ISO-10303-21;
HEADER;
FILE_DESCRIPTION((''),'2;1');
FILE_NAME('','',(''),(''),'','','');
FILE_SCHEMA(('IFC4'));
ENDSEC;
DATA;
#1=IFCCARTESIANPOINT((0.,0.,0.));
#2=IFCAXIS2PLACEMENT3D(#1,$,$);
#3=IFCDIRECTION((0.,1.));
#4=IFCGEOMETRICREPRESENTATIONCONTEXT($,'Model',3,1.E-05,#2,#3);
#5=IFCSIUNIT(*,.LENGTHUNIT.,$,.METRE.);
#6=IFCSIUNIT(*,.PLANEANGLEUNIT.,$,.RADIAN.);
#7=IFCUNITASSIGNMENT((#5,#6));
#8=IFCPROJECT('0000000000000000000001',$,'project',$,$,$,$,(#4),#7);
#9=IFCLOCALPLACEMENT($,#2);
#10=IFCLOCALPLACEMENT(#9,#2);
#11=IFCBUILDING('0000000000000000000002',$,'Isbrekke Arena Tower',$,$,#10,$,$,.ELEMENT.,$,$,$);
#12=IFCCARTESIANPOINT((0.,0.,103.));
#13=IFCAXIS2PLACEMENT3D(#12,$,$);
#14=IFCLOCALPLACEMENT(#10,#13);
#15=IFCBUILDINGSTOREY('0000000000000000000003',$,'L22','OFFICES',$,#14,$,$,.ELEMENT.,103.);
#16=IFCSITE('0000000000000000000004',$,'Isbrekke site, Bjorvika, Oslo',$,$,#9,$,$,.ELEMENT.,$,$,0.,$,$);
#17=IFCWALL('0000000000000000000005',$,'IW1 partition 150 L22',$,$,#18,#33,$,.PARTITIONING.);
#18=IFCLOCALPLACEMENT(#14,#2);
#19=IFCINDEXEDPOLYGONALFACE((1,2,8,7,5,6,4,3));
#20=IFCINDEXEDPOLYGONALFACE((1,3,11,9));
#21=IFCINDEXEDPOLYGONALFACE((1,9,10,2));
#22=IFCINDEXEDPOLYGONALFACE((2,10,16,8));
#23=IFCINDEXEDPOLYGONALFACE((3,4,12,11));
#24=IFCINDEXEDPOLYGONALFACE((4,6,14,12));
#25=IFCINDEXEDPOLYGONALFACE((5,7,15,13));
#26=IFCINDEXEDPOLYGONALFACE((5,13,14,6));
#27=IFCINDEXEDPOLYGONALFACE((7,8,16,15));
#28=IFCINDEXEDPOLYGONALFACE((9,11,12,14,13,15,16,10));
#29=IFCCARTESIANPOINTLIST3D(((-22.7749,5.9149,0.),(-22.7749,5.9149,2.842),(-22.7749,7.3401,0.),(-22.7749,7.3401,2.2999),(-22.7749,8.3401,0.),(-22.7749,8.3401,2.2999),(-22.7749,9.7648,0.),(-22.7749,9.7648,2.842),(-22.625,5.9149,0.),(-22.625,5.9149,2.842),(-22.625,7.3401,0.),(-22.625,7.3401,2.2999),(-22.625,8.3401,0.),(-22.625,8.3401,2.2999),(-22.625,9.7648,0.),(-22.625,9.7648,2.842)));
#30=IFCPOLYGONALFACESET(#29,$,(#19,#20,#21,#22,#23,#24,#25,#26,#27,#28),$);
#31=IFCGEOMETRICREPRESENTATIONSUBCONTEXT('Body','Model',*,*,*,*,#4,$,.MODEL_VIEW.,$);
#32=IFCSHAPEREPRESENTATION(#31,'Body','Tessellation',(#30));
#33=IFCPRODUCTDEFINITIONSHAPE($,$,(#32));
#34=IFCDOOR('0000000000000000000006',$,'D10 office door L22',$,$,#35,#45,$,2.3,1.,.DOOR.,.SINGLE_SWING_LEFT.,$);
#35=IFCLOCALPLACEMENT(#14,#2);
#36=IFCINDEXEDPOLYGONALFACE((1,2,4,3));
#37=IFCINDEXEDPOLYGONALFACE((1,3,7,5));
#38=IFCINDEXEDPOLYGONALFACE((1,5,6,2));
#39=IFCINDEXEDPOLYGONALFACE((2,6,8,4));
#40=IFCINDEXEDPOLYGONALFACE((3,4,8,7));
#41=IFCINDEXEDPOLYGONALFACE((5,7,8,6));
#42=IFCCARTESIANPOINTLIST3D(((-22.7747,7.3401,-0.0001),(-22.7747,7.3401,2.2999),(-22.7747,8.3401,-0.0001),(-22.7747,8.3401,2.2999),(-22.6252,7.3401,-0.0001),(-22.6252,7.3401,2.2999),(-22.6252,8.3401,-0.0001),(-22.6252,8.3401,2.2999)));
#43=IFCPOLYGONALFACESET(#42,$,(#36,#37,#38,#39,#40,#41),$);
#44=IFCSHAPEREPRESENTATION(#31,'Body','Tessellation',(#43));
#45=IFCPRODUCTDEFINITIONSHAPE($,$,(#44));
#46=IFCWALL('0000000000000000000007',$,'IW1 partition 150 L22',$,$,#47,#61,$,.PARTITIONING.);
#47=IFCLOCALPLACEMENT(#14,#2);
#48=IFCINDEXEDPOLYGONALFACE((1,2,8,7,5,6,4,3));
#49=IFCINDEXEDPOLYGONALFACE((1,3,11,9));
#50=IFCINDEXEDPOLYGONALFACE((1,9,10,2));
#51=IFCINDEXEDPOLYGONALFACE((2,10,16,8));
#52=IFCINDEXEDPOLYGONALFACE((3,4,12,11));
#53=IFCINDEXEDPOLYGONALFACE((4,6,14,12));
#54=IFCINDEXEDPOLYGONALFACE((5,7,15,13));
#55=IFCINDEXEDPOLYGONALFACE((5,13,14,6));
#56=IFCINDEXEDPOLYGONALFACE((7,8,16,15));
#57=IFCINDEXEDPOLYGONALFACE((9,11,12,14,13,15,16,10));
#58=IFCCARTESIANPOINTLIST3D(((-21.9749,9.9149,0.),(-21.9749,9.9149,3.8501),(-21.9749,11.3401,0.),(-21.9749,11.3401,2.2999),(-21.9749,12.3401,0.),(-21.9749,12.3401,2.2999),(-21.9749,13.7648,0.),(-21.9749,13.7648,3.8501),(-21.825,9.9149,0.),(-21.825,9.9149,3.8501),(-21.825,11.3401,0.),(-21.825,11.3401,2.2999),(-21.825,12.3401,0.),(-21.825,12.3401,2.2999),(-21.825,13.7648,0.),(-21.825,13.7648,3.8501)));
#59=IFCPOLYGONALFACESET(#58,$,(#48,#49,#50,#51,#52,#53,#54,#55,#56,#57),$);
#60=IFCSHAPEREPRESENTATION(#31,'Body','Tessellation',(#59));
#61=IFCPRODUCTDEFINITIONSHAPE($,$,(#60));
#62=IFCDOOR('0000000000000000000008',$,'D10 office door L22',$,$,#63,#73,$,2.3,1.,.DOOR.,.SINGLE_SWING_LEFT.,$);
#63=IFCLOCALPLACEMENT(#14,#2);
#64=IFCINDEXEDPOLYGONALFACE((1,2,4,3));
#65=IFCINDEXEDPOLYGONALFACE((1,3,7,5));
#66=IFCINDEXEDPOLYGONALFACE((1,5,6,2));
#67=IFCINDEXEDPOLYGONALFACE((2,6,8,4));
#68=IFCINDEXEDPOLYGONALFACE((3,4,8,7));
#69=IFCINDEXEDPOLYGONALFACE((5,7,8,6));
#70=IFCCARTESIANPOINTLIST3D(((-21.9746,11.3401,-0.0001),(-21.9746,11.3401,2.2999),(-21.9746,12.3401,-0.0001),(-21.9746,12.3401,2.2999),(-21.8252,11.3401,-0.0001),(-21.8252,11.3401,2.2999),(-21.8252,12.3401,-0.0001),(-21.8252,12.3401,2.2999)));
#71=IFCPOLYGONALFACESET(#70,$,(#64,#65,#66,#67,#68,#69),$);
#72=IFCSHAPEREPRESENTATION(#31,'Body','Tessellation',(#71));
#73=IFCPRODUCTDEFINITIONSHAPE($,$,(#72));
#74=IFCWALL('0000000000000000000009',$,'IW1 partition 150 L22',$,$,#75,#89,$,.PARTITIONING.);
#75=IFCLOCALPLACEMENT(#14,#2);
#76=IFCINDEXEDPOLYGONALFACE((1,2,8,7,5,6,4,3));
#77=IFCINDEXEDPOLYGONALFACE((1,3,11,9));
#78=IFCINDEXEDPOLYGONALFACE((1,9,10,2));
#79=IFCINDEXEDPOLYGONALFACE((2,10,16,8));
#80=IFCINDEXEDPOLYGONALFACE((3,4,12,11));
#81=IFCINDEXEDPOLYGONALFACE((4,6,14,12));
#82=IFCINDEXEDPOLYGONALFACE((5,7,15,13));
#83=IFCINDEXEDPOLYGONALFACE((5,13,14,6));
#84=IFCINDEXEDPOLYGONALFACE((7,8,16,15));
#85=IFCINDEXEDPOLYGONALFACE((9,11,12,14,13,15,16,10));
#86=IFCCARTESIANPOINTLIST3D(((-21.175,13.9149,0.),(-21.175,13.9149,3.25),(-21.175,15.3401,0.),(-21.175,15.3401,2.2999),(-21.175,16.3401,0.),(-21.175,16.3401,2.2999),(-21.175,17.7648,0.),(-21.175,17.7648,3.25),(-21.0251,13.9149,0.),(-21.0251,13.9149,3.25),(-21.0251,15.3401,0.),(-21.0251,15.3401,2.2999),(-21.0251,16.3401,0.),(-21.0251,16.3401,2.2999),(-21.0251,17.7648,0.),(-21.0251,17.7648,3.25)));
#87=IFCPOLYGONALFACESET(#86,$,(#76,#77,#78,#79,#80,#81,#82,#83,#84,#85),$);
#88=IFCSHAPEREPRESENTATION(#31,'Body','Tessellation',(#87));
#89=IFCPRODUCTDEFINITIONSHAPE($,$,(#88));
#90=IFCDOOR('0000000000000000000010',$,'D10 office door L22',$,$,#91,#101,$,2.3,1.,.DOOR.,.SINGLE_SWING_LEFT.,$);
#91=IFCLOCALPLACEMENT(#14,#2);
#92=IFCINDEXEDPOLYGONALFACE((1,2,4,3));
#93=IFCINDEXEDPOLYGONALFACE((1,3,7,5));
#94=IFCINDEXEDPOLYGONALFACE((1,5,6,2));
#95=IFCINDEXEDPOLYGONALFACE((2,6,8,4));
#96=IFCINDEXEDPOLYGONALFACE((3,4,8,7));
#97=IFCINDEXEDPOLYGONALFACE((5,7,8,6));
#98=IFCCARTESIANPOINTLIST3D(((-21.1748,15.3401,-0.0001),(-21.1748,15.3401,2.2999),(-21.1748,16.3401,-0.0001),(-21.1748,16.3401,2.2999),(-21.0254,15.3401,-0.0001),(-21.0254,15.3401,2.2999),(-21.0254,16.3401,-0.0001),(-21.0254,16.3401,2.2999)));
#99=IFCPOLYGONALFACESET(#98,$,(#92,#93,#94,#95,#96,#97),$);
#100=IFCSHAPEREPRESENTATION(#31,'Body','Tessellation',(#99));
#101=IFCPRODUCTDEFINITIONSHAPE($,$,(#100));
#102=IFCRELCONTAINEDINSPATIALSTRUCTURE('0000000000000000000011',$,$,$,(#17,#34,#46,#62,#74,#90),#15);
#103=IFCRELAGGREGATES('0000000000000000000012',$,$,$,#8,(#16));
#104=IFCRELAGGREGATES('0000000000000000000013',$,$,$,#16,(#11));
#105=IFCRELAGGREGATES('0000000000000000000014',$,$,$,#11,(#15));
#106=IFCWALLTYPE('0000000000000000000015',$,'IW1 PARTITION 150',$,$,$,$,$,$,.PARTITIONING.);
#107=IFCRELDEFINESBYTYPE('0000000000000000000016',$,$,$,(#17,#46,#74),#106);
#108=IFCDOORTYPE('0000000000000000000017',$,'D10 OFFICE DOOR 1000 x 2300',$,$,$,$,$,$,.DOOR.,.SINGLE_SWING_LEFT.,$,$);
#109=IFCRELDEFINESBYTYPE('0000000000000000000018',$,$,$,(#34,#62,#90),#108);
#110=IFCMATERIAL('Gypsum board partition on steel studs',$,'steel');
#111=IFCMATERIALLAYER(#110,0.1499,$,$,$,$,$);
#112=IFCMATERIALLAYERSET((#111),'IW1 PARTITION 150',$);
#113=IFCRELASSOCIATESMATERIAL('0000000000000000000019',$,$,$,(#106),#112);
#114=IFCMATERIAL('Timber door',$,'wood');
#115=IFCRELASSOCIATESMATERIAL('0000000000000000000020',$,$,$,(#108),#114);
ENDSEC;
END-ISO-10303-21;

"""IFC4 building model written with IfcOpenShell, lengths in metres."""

from ifc_helpers import new_model, si_unit, direction, frame, frame_2d, origin, place, context, subcontext, project, spatial, rectangle, extrude, material, layer, layer_set, type_object, element, fill, save


model = new_model("IFC4")

# Units and contexts
model_context = context("Model", 3, precision=1e-05, world=origin(), true_north=direction((0.0, 1.0)))
body_context = subcontext(model_context, "Body", "Model", "MODEL_VIEW")
ifc_project = project(units=[si_unit("LENGTHUNIT", "METRE"), si_unit("PLANEANGLEUNIT", "RADIAN")], contexts=[model_context])

# Site, building, storey
site_placement = place(None, origin())
site = spatial("IfcSite", under=ifc_project, at=site_placement, Name="Isbrekke site, Bjorvika, Oslo", CompositionType="ELEMENT", RefElevation=0.0)
building_placement = place(site_placement, origin())
building = spatial("IfcBuilding", under=site, at=building_placement, Name="Isbrekke Arena Tower", CompositionType="ELEMENT")
storey_placement = place(building_placement, frame((0.0, 0.0, 103.0)))
storey = spatial("IfcBuildingStorey", under=building, at=storey_placement, Name="L22", Description="OFFICES", CompositionType="ELEMENT", Elevation=103.0)

# Shared definitions
ifc_material_1 = material(Name="Gypsum board partition on steel studs", Category="steel")
ifc_layer_1 = layer(ifc_material_1, 0.1499)
ifc_layer_set_1 = layer_set([ifc_layer_1], Name="IW1 PARTITION 150")
wall_type = type_object("IfcWallType", Name="IW1 PARTITION 150", PredefinedType="PARTITIONING", material=ifc_layer_set_1)

# Walls, openings, doors
wall_1_placement = place(storey_placement, frame((-22.7, 5.915, 0.0), z_axis=(0.0, 0.0, 1.0), x_axis=(0.0, 1.0, 0.0)))
wall_1 = element("IfcWall", 1, at=wall_1_placement, inside=storey, type_object=wall_type, Name="IW1 partition 150 L22", PredefinedType="PARTITIONING", context=body_context, shape_type="SweptSolid", body=[
    extrude(rectangle(XDim=3.8499, YDim=0.1499, at=frame_2d((1.9248, 0.0))), origin(), (0.0, 0.0, 1.0), 2.842),
])
opening_1_placement = place(wall_1_placement, frame((1.425, 0.0, 0.0)))
opening_1 = element("IfcOpeningElement", 2, at=opening_1_placement, cuts=wall_1, PredefinedType="OPENING", context=body_context, shape_type="SweptSolid", body=[
    extrude(rectangle(XDim=1.0, YDim=2.3, at=frame_2d((0.5, 1.1499))), frame((0.0, 0.0898, 0.0), z_axis=(0.0, -1.0, 0.0), x_axis=(1.0, 0.0, 0.0)), (0.0, 0.0, 1.0), 0.1797),
])
ifc_material_2 = material(Name="Timber door", Category="wood")
door_type = type_object("IfcDoorType", Name="D10 OFFICE DOOR 1000 x 2300", OperationType="SINGLE_SWING_LEFT", PredefinedType="DOOR", material=ifc_material_2)
door_1_placement = place(opening_1_placement, origin())
door_1 = element("IfcDoor", 3, at=door_1_placement, inside=storey, type_object=door_type, Name="D10 office door L22", OperationType="SINGLE_SWING_LEFT", OverallHeight=2.3, OverallWidth=1.0, PredefinedType="DOOR", context=body_context, shape_type="SweptSolid", body=[
    extrude(rectangle(XDim=1.0, YDim=2.3, at=frame_2d((0.5, 1.1499))), frame((0.0, 0.0747, 0.0), z_axis=(0.0, -1.0, 0.0), x_axis=(1.0, 0.0, 0.0)), (0.0, 0.0, 1.0), 0.1494),
])
fill(opening_1, door_1)
wall_2_placement = place(storey_placement, frame((-21.8999, 9.915, 0.0), z_axis=(0.0, 0.0, 1.0), x_axis=(0.0, 1.0, 0.0)))
wall_2 = element("IfcWall", 4, at=wall_2_placement, inside=storey, type_object=wall_type, Name="IW1 partition 150 L22", PredefinedType="PARTITIONING", context=body_context, shape_type="SweptSolid", body=[
    extrude(rectangle(XDim=3.8499, YDim=0.1499, at=frame_2d((1.9248, 0.0))), origin(), (0.0, 0.0, 1.0), 3.8501),
])
opening_2_placement = place(wall_2_placement, frame((1.425, 0.0, 0.0)))
opening_2 = element("IfcOpeningElement", 5, at=opening_2_placement, cuts=wall_2, PredefinedType="OPENING", context=body_context, shape_type="SweptSolid", body=[
    extrude(rectangle(XDim=1.0, YDim=2.3, at=frame_2d((0.5, 1.1499))), frame((0.0, 0.0898, 0.0), z_axis=(0.0, -1.0, 0.0), x_axis=(1.0, 0.0, 0.0)), (0.0, 0.0, 1.0), 0.1797),
])
door_2_placement = place(opening_2_placement, origin())
door_2 = element("IfcDoor", 6, at=door_2_placement, inside=storey, type_object=door_type, Name="D10 office door L22", OperationType="SINGLE_SWING_LEFT", OverallHeight=2.3, OverallWidth=1.0, PredefinedType="DOOR", context=body_context, shape_type="SweptSolid", body=[
    extrude(rectangle(XDim=1.0, YDim=2.3, at=frame_2d((0.5, 1.1499))), frame((0.0, 0.0747, 0.0), z_axis=(0.0, -1.0, 0.0), x_axis=(1.0, 0.0, 0.0)), (0.0, 0.0, 1.0), 0.1494),
])
fill(opening_2, door_2)
wall_3_placement = place(storey_placement, frame((-21.1001, 13.915, 0.0), z_axis=(0.0, 0.0, 1.0), x_axis=(0.0, 1.0, 0.0)))
wall_3 = element("IfcWall", 7, at=wall_3_placement, inside=storey, type_object=wall_type, Name="IW1 partition 150 L22", PredefinedType="PARTITIONING", context=body_context, shape_type="SweptSolid", body=[
    extrude(rectangle(XDim=3.8499, YDim=0.1499, at=frame_2d((1.9248, 0.0))), origin(), (0.0, 0.0, 1.0), 3.25),
])
opening_3_placement = place(wall_3_placement, frame((1.425, 0.0, 0.0)))
opening_3 = element("IfcOpeningElement", 8, at=opening_3_placement, cuts=wall_3, PredefinedType="OPENING", context=body_context, shape_type="SweptSolid", body=[
    extrude(rectangle(XDim=1.0, YDim=2.3, at=frame_2d((0.5, 1.1499))), frame((0.0, 0.0898, 0.0), z_axis=(0.0, -1.0, 0.0), x_axis=(1.0, 0.0, 0.0)), (0.0, 0.0, 1.0), 0.1797),
])
door_3_placement = place(opening_3_placement, origin())
door_3 = element("IfcDoor", 9, at=door_3_placement, inside=storey, type_object=door_type, Name="D10 office door L22", OperationType="SINGLE_SWING_LEFT", OverallHeight=2.3, OverallWidth=1.0, PredefinedType="DOOR", context=body_context, shape_type="SweptSolid", body=[
    extrude(rectangle(XDim=1.0, YDim=2.3, at=frame_2d((0.5, 1.1499))), frame((0.0, 0.0747, 0.0), z_axis=(0.0, -1.0, 0.0), x_axis=(1.0, 0.0, 0.0)), (0.0, 0.0, 1.0), 0.1494),
])
fill(opening_3, door_3)

save(model, "model.ifc")
